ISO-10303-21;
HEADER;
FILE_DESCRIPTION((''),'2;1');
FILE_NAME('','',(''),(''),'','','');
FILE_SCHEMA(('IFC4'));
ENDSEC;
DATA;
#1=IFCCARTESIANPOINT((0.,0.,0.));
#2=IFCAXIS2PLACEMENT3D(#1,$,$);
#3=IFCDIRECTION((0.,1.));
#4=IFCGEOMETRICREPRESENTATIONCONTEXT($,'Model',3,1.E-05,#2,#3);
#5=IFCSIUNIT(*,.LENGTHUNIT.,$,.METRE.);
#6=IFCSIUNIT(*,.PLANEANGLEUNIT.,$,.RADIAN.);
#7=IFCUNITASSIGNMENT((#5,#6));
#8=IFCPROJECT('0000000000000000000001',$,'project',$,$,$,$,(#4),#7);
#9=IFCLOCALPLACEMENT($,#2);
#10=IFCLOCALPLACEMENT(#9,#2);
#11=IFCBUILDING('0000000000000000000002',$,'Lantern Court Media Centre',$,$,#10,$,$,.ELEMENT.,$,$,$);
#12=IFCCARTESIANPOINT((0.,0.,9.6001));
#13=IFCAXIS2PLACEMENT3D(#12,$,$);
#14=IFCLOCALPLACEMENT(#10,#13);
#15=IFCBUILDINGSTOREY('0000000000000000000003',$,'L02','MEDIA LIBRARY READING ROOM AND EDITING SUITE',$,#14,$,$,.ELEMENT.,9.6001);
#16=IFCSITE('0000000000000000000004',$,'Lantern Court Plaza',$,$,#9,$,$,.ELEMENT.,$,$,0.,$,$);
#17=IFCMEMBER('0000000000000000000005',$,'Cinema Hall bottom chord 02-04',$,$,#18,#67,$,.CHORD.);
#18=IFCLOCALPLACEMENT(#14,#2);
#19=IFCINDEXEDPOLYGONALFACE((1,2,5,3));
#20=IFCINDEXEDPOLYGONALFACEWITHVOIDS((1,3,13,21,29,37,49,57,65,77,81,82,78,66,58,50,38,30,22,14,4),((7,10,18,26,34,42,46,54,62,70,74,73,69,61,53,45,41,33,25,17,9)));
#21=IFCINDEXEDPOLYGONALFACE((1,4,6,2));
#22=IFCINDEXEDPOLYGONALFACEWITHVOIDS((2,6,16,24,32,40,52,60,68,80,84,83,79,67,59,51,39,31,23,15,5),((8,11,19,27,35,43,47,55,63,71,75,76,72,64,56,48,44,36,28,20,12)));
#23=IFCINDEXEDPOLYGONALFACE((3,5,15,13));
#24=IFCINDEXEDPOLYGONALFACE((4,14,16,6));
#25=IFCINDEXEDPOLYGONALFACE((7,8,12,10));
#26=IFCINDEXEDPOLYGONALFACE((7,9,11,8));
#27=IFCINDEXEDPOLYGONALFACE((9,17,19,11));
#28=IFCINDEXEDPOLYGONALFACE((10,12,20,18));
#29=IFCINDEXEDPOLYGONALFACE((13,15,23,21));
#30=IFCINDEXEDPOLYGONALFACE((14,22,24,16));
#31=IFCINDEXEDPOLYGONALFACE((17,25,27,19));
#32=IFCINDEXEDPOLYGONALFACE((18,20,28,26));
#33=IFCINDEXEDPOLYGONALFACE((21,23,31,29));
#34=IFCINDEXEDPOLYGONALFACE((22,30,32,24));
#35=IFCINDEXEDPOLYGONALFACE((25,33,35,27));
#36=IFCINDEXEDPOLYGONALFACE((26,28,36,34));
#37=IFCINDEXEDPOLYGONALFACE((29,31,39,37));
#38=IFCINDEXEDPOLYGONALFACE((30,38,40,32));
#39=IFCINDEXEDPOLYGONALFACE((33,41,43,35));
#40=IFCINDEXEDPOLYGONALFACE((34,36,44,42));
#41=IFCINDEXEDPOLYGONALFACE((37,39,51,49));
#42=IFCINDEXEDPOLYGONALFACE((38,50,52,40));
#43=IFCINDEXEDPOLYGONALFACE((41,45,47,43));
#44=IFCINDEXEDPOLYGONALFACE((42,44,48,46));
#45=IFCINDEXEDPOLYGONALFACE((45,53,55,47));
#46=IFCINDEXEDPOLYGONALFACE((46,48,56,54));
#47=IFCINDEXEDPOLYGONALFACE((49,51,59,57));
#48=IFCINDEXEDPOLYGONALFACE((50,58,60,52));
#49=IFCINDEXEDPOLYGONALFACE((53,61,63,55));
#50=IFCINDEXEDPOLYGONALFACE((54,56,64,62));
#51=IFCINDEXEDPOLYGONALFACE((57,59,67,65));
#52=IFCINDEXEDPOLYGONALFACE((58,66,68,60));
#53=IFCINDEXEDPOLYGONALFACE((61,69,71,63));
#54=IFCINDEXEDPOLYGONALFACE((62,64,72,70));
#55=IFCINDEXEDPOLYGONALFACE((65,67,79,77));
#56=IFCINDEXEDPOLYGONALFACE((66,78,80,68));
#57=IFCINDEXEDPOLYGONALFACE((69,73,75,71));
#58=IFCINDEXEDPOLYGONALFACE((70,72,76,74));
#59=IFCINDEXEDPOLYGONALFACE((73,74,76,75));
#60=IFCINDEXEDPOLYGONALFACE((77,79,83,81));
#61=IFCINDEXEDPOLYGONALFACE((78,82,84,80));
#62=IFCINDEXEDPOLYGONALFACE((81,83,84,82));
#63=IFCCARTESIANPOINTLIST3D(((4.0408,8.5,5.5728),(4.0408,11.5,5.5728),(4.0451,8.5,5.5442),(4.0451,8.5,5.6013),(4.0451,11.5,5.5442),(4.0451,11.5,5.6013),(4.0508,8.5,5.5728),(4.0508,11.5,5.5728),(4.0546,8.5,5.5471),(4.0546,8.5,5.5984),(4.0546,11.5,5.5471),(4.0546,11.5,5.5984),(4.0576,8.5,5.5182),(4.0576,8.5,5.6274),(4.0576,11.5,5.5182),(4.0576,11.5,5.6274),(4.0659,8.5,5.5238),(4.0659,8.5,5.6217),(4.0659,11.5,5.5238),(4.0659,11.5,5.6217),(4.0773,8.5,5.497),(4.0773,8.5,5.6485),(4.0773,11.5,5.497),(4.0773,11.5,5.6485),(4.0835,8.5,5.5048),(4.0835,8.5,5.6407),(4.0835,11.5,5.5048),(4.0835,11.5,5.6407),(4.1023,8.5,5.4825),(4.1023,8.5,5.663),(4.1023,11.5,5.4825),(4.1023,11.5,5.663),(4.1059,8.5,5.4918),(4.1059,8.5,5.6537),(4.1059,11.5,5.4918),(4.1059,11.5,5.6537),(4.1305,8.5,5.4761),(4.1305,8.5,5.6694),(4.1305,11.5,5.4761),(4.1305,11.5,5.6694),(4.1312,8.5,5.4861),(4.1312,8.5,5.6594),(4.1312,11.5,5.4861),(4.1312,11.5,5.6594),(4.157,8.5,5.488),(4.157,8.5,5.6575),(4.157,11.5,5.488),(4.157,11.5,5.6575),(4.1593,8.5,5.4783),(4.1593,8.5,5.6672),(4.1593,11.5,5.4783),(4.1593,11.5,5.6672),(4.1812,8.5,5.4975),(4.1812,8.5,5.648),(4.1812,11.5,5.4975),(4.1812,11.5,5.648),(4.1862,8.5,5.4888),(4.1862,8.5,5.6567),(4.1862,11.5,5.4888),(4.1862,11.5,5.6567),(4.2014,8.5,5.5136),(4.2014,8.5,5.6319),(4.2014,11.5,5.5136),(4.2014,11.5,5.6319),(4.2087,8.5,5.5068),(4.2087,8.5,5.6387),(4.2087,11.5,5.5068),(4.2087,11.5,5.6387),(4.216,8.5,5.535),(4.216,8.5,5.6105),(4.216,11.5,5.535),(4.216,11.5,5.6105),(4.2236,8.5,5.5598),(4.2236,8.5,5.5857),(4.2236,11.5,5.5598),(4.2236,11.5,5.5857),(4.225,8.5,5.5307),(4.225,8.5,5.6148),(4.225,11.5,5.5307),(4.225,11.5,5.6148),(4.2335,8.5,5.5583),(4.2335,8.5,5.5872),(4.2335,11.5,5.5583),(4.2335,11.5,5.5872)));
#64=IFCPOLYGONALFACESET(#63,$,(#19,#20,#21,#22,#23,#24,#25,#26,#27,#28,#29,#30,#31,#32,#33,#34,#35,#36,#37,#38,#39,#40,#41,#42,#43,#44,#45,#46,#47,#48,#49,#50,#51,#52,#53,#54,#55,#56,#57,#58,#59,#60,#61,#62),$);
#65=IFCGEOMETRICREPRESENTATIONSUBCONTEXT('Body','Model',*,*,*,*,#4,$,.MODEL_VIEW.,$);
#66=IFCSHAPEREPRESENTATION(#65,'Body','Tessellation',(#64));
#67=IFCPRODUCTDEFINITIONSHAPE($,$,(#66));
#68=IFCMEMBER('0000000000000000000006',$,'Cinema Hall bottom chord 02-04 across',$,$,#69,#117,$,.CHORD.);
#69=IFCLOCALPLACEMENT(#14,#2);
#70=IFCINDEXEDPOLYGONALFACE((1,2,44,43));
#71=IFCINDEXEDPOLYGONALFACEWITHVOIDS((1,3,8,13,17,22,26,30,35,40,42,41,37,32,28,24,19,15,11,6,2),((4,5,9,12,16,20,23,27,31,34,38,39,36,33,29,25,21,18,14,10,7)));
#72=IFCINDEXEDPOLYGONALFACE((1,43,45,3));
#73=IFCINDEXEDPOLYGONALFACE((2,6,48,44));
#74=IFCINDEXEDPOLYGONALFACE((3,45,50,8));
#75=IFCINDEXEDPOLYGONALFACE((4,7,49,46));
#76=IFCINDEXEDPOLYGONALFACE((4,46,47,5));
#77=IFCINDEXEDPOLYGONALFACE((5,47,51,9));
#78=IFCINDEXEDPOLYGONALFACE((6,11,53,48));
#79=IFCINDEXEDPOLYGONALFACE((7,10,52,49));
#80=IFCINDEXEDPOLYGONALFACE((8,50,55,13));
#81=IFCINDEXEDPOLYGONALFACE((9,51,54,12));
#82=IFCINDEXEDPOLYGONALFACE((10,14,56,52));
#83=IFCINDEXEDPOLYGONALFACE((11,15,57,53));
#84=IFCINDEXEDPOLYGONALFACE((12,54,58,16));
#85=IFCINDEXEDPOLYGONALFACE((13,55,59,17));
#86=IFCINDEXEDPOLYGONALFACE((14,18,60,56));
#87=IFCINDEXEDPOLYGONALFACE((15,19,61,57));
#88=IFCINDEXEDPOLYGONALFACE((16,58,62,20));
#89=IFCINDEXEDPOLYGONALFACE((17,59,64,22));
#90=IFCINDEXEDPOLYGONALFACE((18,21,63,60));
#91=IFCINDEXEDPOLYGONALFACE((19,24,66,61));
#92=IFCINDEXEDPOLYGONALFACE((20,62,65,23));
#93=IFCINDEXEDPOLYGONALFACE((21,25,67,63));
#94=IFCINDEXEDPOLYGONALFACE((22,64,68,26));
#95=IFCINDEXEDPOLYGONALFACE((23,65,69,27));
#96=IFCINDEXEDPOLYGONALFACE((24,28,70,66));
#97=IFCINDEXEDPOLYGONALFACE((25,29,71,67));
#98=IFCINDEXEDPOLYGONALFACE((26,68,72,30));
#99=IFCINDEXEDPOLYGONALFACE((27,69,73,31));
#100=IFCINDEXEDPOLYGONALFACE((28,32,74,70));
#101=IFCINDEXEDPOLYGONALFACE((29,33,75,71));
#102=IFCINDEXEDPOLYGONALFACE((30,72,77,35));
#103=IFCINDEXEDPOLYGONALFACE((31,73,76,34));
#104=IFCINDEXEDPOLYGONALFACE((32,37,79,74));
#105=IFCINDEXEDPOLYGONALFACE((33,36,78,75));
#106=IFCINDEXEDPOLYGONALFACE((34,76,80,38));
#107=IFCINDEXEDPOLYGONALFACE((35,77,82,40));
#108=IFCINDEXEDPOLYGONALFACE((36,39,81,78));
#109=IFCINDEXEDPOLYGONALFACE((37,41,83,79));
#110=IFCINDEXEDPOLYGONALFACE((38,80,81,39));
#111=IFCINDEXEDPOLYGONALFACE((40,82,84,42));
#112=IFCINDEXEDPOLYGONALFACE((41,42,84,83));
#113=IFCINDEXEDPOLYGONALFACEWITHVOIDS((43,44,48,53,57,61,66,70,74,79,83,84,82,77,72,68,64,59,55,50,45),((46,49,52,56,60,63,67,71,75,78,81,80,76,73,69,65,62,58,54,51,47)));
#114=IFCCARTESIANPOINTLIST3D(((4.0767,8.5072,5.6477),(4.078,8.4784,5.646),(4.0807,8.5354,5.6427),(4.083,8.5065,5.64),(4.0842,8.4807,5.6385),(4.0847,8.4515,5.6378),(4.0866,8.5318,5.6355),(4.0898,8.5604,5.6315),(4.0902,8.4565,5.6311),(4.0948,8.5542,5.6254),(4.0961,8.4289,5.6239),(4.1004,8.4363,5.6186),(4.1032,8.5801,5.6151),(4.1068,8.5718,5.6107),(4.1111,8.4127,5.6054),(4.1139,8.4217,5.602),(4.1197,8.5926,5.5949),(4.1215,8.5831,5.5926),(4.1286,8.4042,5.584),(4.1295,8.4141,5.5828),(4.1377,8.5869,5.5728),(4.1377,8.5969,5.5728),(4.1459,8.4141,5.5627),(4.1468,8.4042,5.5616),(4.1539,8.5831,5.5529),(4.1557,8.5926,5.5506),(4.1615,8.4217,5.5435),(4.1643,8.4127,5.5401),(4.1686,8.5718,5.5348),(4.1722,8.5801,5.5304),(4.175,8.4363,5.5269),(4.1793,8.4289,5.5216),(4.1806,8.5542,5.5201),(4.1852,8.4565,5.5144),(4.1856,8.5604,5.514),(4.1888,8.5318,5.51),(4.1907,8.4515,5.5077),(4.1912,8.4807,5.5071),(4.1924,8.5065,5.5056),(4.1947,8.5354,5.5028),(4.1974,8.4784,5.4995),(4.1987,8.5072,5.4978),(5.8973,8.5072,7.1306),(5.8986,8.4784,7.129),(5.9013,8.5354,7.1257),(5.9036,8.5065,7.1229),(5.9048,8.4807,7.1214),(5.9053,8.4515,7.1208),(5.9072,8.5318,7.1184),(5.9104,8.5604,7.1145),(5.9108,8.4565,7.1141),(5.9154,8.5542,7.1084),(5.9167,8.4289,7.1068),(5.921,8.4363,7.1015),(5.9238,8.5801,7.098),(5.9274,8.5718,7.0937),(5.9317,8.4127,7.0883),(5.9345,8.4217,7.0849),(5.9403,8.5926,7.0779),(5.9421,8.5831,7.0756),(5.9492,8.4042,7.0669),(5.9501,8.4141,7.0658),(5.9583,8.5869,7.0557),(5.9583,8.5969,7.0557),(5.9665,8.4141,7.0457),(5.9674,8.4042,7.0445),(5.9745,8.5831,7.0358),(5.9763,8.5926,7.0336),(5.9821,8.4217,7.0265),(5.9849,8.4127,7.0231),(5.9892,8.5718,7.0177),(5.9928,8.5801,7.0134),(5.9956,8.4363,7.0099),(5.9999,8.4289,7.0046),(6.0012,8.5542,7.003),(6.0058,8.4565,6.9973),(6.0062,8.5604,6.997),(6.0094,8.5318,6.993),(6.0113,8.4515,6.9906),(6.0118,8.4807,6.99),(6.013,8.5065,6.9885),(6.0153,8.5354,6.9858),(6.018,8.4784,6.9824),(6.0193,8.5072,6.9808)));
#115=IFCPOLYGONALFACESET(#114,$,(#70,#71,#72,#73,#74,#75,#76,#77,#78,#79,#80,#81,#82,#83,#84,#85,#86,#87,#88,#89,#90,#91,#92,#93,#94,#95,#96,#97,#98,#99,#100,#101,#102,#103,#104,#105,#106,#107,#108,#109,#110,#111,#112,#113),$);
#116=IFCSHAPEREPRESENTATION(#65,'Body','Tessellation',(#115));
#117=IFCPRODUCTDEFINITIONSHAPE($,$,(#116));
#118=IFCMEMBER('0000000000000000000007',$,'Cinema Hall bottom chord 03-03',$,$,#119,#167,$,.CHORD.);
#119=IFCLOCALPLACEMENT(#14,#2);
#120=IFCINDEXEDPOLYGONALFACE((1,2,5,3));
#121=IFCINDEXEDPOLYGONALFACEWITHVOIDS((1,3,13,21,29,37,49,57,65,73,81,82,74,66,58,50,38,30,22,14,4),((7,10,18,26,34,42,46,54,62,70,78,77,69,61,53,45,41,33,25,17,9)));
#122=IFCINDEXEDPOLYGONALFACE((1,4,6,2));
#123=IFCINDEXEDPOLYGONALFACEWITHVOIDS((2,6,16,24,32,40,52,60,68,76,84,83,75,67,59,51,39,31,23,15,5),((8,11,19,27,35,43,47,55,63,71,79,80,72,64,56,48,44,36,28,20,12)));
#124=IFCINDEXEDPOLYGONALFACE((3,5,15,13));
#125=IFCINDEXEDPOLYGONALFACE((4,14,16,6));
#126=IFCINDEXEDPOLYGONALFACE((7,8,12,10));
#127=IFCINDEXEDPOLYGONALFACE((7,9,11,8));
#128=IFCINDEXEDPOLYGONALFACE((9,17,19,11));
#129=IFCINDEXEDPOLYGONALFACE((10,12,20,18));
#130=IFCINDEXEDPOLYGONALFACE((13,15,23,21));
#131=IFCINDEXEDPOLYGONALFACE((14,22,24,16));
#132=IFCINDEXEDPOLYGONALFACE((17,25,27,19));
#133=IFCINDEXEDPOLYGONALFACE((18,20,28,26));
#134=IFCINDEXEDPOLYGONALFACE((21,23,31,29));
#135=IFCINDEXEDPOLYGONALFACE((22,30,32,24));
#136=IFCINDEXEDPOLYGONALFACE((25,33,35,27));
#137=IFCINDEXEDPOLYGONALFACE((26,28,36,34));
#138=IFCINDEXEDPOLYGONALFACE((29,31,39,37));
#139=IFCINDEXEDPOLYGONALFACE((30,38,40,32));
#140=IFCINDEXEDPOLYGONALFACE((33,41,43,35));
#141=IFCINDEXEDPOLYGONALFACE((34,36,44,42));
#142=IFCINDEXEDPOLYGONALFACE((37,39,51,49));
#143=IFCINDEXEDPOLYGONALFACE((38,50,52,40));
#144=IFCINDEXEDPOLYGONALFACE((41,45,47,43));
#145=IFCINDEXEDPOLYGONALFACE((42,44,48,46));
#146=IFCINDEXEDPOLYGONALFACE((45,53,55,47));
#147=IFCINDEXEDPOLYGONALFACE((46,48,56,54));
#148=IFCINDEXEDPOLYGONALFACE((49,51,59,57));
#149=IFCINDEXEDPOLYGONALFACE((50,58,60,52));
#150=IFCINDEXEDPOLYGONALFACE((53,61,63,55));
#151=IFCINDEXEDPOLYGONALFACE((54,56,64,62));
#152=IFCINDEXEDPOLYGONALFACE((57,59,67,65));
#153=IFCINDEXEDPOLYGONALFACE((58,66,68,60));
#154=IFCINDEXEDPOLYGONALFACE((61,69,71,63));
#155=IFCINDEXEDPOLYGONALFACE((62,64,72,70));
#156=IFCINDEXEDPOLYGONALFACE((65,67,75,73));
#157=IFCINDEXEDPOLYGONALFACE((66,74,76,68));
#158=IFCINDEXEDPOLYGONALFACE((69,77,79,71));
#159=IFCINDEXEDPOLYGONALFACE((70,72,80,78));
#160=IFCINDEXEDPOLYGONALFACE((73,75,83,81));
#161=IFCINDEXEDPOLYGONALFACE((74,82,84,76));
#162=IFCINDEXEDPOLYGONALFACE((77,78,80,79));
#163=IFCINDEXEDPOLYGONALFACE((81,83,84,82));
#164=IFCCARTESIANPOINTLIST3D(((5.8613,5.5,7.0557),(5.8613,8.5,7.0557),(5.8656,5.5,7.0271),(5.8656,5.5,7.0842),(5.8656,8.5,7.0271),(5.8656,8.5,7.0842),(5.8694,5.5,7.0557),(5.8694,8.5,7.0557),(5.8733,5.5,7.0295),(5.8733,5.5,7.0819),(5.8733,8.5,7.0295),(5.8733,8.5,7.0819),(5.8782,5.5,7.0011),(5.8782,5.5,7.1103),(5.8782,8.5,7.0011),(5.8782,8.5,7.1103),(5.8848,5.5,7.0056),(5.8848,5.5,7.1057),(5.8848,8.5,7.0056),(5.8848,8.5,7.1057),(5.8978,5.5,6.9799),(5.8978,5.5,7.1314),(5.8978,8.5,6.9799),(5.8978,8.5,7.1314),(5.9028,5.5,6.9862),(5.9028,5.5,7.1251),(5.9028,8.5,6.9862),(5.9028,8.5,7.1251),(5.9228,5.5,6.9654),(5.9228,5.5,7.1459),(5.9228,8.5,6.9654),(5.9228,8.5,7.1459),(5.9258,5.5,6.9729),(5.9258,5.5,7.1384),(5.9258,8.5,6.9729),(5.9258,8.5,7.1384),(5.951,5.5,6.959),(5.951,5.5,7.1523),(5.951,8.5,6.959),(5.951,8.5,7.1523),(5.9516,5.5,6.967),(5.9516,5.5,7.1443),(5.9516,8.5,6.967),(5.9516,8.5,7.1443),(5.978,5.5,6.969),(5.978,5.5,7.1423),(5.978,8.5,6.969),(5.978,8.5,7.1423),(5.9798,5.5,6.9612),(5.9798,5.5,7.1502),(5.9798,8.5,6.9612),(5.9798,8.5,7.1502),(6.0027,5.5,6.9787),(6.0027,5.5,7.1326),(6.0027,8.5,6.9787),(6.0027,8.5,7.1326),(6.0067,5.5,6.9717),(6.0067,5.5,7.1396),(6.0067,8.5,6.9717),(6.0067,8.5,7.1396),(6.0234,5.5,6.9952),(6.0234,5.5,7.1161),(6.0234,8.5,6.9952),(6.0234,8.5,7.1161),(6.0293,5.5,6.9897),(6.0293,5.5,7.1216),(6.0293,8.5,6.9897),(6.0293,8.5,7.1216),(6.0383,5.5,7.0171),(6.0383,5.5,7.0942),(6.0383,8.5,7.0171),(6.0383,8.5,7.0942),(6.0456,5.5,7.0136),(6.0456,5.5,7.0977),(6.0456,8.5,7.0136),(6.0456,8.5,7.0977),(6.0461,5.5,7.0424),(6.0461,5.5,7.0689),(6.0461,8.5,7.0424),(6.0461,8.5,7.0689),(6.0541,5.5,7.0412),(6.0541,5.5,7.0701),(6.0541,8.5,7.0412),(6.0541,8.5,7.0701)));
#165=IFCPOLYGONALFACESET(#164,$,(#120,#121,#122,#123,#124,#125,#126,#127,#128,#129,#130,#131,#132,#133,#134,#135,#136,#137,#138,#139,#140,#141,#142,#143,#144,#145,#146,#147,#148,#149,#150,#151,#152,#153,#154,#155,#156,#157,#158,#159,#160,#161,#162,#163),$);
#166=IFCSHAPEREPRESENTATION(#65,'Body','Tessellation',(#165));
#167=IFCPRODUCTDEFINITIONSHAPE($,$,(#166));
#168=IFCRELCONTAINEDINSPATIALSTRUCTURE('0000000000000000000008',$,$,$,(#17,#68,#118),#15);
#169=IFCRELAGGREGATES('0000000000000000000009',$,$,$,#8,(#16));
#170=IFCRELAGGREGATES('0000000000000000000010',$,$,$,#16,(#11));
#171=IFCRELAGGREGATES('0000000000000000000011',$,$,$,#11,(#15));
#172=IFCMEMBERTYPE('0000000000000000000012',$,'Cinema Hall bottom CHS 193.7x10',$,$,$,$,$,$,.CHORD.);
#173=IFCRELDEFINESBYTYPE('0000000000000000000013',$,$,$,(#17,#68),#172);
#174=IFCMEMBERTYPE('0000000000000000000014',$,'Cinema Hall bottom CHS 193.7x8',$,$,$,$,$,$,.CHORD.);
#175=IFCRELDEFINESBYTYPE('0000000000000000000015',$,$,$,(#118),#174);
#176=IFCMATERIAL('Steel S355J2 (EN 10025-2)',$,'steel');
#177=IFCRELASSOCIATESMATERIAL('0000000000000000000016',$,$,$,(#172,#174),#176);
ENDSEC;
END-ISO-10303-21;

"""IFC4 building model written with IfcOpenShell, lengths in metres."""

from ifc_helpers import new_model, si_unit, direction, frame, origin, origin_2d, place, context, subcontext, project, spatial, hollow_circle, extrude, material, material_profile, profile_set, type_object, element, save


model = new_model("IFC4")

# Units and contexts
model_context = context("Model", 3, precision=1e-05, world=origin(), true_north=direction((0.0, 1.0)))
body_context = subcontext(model_context, "Body", "Model", "MODEL_VIEW")
ifc_project = project(units=[si_unit("LENGTHUNIT", "METRE"), si_unit("PLANEANGLEUNIT", "RADIAN")], contexts=[model_context])

# Site, building, storey
site_placement = place(None, origin())
site = spatial("IfcSite", under=ifc_project, at=site_placement, Name="Lantern Court Plaza", CompositionType="ELEMENT", RefElevation=0.0)
building_placement = place(site_placement, origin())
building = spatial("IfcBuilding", under=site, at=building_placement, Name="Lantern Court Media Centre", CompositionType="ELEMENT")
storey_placement = place(building_placement, frame((0.0, 0.0, 9.6001)))
storey = spatial("IfcBuildingStorey", under=building, at=storey_placement, Name="L02", Description="MEDIA LIBRARY READING ROOM AND EDITING SUITE", CompositionType="ELEMENT", Elevation=9.6001)

# Members
ifc_material = material(Name="Steel S355J2 (EN 10025-2)", Category="steel")
ifc_material_profile_1 = material_profile(ifc_material, hollow_circle(Radius=0.0969, WallThickness=0.01, at=origin_2d()), Name="Cinema Hall bottom CHS 193.7x10")
ifc_profile_set_1 = profile_set([ifc_material_profile_1], Name="Steel S355J2 (EN 10025-2)")
member_type_1 = type_object("IfcMemberType", Name="Cinema Hall bottom CHS 193.7x10", PredefinedType="CHORD", material=ifc_profile_set_1)
member_1_placement = place(storey_placement, frame((4.1377, 8.5, 5.5728), z_axis=(0.0, 1.0, 0.0), x_axis=(-1.0, 0.0, 0.0)))
element("IfcMember", 1, at=member_1_placement, inside=storey, type_object=member_type_1, Name="Cinema Hall bottom chord 02-04", PredefinedType="CHORD", context=body_context, shape_type="SweptSolid", body=[
    extrude(hollow_circle(Radius=0.0969, WallThickness=0.01, at=origin_2d()), origin(), (0.0, 0.0, 1.0), 3.0),
])
member_2_placement = place(storey_placement, frame((4.1377, 8.5, 5.5728), z_axis=(0.775341, 0.0, 0.631543), x_axis=(0.0, 1.0, 0.0)))
element("IfcMember", 2, at=member_2_placement, inside=storey, type_object=member_type_1, Name="Cinema Hall bottom chord 02-04 across", PredefinedType="CHORD", context=body_context, shape_type="SweptSolid", body=[
    extrude(hollow_circle(Radius=0.0969, WallThickness=0.01, at=origin_2d()), origin(), (0.0, 0.0, 1.0), 2.3481),
])
ifc_material_profile_2 = material_profile(ifc_material, hollow_circle(Radius=0.0969, WallThickness=0.0081, at=origin_2d()), Name="Cinema Hall bottom CHS 193.7x8")
ifc_profile_set_2 = profile_set([ifc_material_profile_2], Name="Steel S355J2 (EN 10025-2)")
member_type_2 = type_object("IfcMemberType", Name="Cinema Hall bottom CHS 193.7x8", PredefinedType="CHORD", material=ifc_profile_set_2)
for number, where, z_axis, x_axis, name in (
    (3, (5.9583, 5.5, 7.0557), (0.0, 1.0, 0.0), (-1.0, 0.0, 0.0), "Cinema Hall bottom chord 03-03"),
):
    element("IfcMember", number, at=place(storey_placement, frame(where, z_axis=z_axis, x_axis=x_axis)), inside=storey, type_object=member_type_2, Name=name, PredefinedType="CHORD", context=body_context, shape_type="SweptSolid", body=[
        extrude(hollow_circle(Radius=0.0969, WallThickness=0.0081, at=origin_2d()), origin(), (0.0, 0.0, 1.0), 3.0),
    ])

save(model, "model.ifc")
